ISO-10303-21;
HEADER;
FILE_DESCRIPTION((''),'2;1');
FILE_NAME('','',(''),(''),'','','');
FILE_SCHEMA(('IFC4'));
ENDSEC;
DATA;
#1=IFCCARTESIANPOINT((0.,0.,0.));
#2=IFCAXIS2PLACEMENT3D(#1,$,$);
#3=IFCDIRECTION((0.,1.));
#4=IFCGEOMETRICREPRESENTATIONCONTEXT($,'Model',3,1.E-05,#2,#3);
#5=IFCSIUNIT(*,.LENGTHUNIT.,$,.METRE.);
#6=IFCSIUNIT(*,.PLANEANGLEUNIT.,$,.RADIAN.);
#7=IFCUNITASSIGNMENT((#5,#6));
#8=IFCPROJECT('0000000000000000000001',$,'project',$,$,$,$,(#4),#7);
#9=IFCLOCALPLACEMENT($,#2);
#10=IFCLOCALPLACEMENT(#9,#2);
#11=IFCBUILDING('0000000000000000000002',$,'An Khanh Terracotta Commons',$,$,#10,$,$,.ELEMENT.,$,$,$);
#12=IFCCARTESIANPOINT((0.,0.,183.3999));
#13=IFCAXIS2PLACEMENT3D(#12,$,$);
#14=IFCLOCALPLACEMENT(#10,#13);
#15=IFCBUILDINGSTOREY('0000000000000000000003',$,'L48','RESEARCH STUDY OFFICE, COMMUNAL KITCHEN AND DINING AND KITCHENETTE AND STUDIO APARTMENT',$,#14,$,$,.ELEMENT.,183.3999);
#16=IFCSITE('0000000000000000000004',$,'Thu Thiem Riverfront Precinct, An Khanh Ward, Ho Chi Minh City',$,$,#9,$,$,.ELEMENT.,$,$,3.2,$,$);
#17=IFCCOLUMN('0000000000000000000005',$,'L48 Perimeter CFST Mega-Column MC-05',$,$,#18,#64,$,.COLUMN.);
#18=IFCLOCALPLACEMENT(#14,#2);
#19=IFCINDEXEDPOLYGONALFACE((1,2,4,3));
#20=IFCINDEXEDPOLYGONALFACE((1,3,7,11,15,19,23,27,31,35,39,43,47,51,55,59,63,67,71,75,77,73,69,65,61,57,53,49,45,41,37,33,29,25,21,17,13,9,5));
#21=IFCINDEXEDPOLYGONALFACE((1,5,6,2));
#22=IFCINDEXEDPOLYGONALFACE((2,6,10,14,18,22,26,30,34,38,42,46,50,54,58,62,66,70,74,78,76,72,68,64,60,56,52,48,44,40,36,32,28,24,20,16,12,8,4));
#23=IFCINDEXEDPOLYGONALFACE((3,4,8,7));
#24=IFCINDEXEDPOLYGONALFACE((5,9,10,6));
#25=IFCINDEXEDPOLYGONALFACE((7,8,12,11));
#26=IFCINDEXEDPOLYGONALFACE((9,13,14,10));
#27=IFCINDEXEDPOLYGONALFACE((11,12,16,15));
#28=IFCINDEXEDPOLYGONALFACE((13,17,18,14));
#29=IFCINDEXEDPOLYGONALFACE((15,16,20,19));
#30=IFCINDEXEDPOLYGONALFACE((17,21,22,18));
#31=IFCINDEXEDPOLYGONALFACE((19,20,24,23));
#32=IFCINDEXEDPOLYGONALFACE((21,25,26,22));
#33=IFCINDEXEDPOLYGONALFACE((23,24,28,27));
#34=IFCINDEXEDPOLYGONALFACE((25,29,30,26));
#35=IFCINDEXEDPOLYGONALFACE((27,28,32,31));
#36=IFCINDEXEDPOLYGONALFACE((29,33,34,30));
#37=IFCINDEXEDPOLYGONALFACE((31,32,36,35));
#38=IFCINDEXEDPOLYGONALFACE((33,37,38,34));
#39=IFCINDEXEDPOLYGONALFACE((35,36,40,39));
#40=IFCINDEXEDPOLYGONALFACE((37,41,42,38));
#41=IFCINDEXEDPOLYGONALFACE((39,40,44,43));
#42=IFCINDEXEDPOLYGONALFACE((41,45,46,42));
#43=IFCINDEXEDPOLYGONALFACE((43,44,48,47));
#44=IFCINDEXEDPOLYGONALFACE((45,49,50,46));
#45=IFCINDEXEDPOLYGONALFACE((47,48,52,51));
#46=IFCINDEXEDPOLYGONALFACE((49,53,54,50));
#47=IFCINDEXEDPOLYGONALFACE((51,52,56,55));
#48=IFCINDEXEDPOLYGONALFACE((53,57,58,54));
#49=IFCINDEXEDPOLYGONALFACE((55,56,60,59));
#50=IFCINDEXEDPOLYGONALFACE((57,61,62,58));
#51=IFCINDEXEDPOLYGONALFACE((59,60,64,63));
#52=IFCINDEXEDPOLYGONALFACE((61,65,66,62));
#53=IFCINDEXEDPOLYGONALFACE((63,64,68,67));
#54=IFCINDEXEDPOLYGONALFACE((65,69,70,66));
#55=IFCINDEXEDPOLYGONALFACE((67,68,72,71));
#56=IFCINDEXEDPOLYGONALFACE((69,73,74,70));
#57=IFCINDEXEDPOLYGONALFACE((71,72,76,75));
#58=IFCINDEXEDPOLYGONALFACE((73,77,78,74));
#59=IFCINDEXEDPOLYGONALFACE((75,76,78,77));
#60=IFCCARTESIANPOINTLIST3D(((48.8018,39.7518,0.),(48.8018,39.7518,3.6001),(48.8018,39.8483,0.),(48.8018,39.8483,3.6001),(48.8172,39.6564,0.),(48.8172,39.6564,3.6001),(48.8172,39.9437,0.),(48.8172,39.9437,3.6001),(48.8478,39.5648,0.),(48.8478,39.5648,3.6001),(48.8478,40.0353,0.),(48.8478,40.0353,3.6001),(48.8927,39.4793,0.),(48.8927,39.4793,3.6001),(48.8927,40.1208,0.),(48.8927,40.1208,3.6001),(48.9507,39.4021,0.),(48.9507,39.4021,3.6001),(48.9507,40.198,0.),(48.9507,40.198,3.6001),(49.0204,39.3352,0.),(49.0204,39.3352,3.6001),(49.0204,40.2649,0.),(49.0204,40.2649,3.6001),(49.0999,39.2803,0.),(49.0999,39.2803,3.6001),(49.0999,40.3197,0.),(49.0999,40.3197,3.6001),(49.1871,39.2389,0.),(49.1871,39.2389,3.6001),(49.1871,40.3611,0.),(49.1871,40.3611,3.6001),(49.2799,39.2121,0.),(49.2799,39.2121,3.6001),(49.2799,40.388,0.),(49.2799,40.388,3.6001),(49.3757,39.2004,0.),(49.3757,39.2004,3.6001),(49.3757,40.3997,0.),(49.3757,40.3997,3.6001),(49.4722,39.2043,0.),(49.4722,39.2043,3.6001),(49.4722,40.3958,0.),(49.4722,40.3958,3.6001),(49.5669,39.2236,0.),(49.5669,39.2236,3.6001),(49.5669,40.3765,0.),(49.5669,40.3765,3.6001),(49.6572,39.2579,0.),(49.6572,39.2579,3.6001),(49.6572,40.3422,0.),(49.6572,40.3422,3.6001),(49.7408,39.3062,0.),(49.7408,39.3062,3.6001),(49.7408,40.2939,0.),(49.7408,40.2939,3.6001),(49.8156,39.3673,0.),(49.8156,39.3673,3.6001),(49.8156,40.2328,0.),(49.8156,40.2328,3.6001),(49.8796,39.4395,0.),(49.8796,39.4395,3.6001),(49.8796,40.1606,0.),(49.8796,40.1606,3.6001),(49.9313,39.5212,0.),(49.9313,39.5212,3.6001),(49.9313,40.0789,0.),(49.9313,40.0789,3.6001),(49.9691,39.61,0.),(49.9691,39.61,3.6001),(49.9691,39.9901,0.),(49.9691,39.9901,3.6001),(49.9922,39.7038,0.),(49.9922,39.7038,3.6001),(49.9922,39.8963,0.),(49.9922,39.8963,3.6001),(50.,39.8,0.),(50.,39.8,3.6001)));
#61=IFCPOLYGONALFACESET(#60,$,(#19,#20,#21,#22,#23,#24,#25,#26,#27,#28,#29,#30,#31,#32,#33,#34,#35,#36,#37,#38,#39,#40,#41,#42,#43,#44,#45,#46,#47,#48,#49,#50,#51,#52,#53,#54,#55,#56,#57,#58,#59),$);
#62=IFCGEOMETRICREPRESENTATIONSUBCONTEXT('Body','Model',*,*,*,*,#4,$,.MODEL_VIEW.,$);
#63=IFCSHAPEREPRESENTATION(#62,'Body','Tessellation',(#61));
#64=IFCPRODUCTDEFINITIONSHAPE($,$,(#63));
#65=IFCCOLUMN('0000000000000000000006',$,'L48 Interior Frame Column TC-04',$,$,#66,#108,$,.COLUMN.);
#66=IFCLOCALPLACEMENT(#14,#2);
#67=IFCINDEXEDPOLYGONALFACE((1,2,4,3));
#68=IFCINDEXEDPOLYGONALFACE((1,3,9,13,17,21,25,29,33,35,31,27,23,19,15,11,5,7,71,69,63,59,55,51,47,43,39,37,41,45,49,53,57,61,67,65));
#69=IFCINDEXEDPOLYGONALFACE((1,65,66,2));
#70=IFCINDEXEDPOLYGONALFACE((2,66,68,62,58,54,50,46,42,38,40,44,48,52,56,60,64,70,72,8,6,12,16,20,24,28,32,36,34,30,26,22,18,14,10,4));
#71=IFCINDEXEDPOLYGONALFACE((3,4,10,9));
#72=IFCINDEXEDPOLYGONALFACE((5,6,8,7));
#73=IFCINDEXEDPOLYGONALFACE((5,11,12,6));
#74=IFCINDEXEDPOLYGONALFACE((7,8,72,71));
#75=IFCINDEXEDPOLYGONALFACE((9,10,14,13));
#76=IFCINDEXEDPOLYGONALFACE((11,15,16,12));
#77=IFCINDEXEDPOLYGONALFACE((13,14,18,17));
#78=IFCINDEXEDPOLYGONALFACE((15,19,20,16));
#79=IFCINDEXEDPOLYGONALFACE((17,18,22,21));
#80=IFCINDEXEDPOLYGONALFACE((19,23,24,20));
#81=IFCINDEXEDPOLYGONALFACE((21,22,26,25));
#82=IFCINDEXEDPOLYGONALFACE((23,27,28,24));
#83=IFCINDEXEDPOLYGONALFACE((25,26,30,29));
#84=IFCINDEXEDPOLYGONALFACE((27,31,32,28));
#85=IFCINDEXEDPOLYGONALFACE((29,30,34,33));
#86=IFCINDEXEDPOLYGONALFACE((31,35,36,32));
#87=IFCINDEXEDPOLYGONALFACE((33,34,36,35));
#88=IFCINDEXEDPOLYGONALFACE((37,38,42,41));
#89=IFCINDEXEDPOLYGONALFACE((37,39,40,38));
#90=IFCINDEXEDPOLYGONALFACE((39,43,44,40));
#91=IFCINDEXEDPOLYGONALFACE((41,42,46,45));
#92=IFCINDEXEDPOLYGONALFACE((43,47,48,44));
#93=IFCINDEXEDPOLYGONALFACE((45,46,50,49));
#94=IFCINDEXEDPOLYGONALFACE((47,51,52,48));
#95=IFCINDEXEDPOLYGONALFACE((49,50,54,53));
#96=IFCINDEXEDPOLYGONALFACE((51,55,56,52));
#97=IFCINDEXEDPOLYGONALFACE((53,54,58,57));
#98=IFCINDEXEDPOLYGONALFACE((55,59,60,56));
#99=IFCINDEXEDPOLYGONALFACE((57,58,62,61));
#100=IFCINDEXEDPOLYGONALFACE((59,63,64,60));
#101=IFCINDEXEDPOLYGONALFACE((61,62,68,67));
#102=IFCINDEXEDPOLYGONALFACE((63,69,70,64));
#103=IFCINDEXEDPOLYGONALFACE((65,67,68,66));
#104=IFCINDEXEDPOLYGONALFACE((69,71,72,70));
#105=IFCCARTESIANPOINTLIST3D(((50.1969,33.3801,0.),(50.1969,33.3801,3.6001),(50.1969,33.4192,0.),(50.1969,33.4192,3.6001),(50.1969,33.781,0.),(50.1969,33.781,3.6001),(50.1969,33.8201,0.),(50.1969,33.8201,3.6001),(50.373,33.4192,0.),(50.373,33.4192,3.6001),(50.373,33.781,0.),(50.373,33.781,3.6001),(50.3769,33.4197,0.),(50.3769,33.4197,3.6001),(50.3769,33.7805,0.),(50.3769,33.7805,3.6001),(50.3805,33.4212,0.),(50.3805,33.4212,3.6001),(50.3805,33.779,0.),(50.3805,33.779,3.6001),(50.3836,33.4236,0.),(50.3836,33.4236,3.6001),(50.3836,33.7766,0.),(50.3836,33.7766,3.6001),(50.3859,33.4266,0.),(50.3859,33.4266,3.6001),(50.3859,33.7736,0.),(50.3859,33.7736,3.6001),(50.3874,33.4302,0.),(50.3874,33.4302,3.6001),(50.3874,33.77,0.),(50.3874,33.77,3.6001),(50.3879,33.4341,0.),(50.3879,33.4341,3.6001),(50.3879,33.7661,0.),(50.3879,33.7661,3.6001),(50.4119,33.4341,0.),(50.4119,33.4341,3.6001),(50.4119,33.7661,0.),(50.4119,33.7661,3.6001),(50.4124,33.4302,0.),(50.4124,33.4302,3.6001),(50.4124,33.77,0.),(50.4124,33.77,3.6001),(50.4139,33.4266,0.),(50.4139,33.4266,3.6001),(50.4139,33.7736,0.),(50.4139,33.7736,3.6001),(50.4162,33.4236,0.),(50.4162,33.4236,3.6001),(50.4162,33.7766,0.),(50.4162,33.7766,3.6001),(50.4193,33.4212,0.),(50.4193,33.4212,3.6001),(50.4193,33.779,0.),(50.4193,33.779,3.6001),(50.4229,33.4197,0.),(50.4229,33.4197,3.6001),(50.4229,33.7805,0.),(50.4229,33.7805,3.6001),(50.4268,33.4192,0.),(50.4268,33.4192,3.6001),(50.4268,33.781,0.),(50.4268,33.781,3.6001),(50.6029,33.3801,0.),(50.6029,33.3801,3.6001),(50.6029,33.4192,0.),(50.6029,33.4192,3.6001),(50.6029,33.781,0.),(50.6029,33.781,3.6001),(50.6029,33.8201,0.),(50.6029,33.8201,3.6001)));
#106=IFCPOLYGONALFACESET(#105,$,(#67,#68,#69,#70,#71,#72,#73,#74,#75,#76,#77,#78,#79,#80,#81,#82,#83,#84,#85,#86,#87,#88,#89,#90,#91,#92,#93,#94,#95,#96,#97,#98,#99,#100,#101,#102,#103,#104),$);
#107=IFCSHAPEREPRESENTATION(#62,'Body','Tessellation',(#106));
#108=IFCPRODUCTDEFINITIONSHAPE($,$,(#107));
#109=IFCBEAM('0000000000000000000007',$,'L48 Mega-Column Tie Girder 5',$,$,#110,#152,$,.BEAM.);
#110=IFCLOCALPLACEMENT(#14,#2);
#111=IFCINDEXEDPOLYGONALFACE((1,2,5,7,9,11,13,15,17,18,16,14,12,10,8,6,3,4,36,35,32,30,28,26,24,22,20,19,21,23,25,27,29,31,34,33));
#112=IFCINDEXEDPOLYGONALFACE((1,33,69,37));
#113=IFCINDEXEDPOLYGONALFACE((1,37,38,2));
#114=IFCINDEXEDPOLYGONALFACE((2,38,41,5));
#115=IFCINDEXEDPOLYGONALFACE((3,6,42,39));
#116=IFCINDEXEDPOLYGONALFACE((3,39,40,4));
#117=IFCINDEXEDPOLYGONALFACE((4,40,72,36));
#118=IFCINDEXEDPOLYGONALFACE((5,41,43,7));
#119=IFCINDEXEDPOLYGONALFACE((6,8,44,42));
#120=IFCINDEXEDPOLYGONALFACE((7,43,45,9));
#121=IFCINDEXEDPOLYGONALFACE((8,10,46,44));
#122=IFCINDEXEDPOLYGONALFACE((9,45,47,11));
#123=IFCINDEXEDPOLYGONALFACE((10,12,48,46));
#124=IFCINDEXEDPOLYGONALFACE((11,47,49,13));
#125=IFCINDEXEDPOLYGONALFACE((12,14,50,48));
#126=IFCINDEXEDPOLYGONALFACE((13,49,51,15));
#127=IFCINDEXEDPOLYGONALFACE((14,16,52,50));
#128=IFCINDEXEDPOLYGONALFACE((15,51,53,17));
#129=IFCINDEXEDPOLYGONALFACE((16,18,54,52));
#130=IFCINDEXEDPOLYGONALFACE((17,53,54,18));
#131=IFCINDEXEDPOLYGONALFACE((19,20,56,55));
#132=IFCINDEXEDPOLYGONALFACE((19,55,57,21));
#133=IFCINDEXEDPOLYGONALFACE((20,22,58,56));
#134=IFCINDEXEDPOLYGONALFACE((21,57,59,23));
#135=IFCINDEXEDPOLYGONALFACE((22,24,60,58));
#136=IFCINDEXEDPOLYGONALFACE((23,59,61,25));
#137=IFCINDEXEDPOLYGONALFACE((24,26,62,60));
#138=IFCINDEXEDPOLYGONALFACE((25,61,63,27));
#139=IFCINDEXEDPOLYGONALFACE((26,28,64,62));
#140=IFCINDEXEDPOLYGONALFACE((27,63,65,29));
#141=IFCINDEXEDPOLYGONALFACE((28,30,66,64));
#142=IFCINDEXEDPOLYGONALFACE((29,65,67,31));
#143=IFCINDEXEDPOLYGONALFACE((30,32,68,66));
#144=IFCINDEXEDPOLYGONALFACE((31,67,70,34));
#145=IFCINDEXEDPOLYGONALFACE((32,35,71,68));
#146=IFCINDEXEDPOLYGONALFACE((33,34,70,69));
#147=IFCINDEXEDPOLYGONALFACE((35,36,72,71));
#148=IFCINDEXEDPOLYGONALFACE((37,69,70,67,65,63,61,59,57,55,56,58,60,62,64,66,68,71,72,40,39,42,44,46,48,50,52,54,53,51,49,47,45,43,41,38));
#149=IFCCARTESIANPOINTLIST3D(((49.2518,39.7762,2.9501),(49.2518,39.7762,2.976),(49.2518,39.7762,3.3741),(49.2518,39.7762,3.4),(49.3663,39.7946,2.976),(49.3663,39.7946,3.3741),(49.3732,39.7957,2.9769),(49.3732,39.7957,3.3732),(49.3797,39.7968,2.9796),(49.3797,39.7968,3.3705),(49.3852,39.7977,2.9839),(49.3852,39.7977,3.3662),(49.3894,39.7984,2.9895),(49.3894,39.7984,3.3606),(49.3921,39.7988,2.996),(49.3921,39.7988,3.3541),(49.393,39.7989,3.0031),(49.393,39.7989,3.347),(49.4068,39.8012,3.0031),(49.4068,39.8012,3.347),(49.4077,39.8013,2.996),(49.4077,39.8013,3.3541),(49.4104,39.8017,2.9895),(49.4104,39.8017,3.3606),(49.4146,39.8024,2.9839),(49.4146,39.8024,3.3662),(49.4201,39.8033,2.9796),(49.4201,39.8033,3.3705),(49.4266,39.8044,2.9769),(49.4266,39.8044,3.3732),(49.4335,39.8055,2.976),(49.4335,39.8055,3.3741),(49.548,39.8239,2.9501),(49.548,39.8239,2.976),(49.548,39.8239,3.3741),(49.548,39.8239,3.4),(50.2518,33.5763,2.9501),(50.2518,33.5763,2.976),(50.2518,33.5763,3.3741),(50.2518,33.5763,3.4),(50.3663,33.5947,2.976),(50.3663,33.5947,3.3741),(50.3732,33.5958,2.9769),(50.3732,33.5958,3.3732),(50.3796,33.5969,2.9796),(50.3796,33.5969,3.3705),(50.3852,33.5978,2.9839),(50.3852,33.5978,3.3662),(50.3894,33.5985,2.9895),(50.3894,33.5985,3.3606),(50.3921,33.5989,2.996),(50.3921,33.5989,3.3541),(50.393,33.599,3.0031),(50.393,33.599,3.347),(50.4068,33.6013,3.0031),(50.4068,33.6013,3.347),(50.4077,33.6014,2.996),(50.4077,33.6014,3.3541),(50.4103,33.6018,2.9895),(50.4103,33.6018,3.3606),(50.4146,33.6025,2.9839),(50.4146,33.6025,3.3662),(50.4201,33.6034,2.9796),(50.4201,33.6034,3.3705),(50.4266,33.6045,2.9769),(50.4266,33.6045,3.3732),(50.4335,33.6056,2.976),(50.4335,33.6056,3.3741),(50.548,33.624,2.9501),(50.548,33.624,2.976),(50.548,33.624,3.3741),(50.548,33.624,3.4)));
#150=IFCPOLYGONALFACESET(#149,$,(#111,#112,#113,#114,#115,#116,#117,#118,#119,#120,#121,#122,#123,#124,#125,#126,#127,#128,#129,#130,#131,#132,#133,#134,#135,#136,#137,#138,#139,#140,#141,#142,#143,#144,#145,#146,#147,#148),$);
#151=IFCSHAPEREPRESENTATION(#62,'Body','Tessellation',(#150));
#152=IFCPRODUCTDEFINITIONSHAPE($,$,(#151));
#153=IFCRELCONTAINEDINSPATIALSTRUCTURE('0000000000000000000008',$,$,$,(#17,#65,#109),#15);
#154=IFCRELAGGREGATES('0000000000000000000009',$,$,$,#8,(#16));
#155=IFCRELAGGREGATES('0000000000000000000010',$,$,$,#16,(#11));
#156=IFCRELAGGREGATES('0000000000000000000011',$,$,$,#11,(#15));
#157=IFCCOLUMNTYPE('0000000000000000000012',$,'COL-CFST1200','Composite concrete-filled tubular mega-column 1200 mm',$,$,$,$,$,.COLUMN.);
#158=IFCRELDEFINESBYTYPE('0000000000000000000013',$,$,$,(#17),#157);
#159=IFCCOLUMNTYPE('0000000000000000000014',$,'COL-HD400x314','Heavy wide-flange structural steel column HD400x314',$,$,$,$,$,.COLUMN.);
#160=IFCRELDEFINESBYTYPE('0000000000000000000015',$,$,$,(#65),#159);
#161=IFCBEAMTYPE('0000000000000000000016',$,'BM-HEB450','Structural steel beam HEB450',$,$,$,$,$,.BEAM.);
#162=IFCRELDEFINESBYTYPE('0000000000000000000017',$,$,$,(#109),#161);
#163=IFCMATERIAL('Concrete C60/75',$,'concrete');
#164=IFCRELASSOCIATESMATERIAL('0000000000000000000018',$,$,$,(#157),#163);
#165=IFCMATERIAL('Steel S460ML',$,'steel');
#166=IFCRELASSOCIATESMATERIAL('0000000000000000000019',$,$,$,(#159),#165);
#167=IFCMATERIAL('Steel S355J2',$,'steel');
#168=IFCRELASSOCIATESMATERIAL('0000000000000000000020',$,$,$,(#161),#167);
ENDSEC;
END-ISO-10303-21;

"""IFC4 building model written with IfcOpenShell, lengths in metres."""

from ifc_helpers import new_model, si_unit, direction, frame, origin, origin_2d, place, context, subcontext, project, spatial, circle, i_section, extrude, material, material_profile, profile_set, type_object, element, save


model = new_model("IFC4")

# Units and contexts
model_context = context("Model", 3, precision=1e-05, world=origin(), true_north=direction((0.0, 1.0)))
body_context = subcontext(model_context, "Body", "Model", "MODEL_VIEW")
ifc_project = project(units=[si_unit("LENGTHUNIT", "METRE"), si_unit("PLANEANGLEUNIT", "RADIAN")], contexts=[model_context])

# Site, building, storey
site_placement = place(None, origin())
site = spatial("IfcSite", under=ifc_project, at=site_placement, Name="Thu Thiem Riverfront Precinct, An Khanh Ward, Ho Chi Minh City", CompositionType="ELEMENT", RefElevation=3.2)
building_placement = place(site_placement, origin())
building = spatial("IfcBuilding", under=site, at=building_placement, Name="An Khanh Terracotta Commons", CompositionType="ELEMENT")
storey_placement = place(building_placement, frame((0.0, 0.0, 183.3999)))
storey = spatial("IfcBuildingStorey", under=building, at=storey_placement, Name="L48", Description="RESEARCH STUDY OFFICE, COMMUNAL KITCHEN AND DINING AND KITCHENETTE AND STUDIO APARTMENT", CompositionType="ELEMENT", Elevation=183.3999)

# Columns
ifc_material_1 = material(Name="Concrete C60/75", Category="concrete")
ifc_material_profile_1 = material_profile(ifc_material_1, circle(Radius=0.6001, at=origin_2d()), Name="CFST1200")
ifc_profile_set_1 = profile_set([ifc_material_profile_1], Name="Concrete C60/75")
column_type_1 = type_object("IfcColumnType", Name="COL-CFST1200", Description="Composite concrete-filled tubular mega-column 1200 mm", PredefinedType="COLUMN", material=ifc_profile_set_1)
column_1_placement = place(storey_placement, frame((49.3999, 39.8, 0.0), z_axis=(0.0, 0.0, 1.0), x_axis=(1.0, 0.0, 0.0)))
element("IfcColumn", 1, at=column_1_placement, inside=storey, type_object=column_type_1, Name="L48 Perimeter CFST Mega-Column MC-05", PredefinedType="COLUMN", context=body_context, shape_type="SweptSolid", body=[
    extrude(circle(Radius=0.6001, at=origin_2d()), origin(), (0.0, 0.0, 1.0), 3.6001),
])
ifc_material_2 = material(Name="Steel S460ML", Category="steel")
ifc_material_profile_2 = material_profile(ifc_material_2, i_section(OverallWidth=0.406, OverallDepth=0.4399, WebThickness=0.0239, FlangeThickness=0.0391, FilletRadius=0.0149, at=origin_2d()), Name="HD400x314")
ifc_profile_set_2 = profile_set([ifc_material_profile_2], Name="Steel S460ML")
column_type_2 = type_object("IfcColumnType", Name="COL-HD400x314", Description="Heavy wide-flange structural steel column HD400x314", PredefinedType="COLUMN", material=ifc_profile_set_2)
column_2_placement = place(storey_placement, frame((50.3999, 33.6001, 0.0), z_axis=(0.0, 0.0, 1.0), x_axis=(1.0, 0.0, 0.0)))
element("IfcColumn", 2, at=column_2_placement, inside=storey, type_object=column_type_2, Name="L48 Interior Frame Column TC-04", PredefinedType="COLUMN", context=body_context, shape_type="SweptSolid", body=[
    extrude(i_section(OverallWidth=0.406, OverallDepth=0.4399, WebThickness=0.0239, FlangeThickness=0.0391, FilletRadius=0.0149, at=origin_2d()), origin(), (0.0, 0.0, 1.0), 3.6001),
])

# Beam
ifc_material_3 = material(Name="Steel S355J2", Category="steel")
ifc_material_profile_3 = material_profile(ifc_material_3, i_section(OverallWidth=0.3, OverallDepth=0.45, WebThickness=0.0139, FlangeThickness=0.0259, FilletRadius=0.0271, at=origin_2d()), Name="HEB450")
ifc_profile_set_3 = profile_set([ifc_material_profile_3], Name="Steel S355J2")
beam_type_1 = type_object("IfcBeamType", Name="BM-HEB450", Description="Structural steel beam HEB450", PredefinedType="BEAM", material=ifc_profile_set_3)
beam_1_placement = place(storey_placement, frame((49.3999, 39.8, 3.175), z_axis=(0.159234, -0.987241, 0.0), x_axis=(0.987241, 0.159234, 0.0)))
element("IfcBeam", 3, at=beam_1_placement, inside=storey, type_object=beam_type_1, Name="L48 Mega-Column Tie Girder 5", PredefinedType="BEAM", context=body_context, shape_type="SweptSolid", body=[
    extrude(i_section(OverallWidth=0.3, OverallDepth=0.45, WebThickness=0.0139, FlangeThickness=0.0259, FilletRadius=0.0271, at=origin_2d()), origin(), (0.0, 0.0, 1.0), 6.28),
])

save(model, "model.ifc")
